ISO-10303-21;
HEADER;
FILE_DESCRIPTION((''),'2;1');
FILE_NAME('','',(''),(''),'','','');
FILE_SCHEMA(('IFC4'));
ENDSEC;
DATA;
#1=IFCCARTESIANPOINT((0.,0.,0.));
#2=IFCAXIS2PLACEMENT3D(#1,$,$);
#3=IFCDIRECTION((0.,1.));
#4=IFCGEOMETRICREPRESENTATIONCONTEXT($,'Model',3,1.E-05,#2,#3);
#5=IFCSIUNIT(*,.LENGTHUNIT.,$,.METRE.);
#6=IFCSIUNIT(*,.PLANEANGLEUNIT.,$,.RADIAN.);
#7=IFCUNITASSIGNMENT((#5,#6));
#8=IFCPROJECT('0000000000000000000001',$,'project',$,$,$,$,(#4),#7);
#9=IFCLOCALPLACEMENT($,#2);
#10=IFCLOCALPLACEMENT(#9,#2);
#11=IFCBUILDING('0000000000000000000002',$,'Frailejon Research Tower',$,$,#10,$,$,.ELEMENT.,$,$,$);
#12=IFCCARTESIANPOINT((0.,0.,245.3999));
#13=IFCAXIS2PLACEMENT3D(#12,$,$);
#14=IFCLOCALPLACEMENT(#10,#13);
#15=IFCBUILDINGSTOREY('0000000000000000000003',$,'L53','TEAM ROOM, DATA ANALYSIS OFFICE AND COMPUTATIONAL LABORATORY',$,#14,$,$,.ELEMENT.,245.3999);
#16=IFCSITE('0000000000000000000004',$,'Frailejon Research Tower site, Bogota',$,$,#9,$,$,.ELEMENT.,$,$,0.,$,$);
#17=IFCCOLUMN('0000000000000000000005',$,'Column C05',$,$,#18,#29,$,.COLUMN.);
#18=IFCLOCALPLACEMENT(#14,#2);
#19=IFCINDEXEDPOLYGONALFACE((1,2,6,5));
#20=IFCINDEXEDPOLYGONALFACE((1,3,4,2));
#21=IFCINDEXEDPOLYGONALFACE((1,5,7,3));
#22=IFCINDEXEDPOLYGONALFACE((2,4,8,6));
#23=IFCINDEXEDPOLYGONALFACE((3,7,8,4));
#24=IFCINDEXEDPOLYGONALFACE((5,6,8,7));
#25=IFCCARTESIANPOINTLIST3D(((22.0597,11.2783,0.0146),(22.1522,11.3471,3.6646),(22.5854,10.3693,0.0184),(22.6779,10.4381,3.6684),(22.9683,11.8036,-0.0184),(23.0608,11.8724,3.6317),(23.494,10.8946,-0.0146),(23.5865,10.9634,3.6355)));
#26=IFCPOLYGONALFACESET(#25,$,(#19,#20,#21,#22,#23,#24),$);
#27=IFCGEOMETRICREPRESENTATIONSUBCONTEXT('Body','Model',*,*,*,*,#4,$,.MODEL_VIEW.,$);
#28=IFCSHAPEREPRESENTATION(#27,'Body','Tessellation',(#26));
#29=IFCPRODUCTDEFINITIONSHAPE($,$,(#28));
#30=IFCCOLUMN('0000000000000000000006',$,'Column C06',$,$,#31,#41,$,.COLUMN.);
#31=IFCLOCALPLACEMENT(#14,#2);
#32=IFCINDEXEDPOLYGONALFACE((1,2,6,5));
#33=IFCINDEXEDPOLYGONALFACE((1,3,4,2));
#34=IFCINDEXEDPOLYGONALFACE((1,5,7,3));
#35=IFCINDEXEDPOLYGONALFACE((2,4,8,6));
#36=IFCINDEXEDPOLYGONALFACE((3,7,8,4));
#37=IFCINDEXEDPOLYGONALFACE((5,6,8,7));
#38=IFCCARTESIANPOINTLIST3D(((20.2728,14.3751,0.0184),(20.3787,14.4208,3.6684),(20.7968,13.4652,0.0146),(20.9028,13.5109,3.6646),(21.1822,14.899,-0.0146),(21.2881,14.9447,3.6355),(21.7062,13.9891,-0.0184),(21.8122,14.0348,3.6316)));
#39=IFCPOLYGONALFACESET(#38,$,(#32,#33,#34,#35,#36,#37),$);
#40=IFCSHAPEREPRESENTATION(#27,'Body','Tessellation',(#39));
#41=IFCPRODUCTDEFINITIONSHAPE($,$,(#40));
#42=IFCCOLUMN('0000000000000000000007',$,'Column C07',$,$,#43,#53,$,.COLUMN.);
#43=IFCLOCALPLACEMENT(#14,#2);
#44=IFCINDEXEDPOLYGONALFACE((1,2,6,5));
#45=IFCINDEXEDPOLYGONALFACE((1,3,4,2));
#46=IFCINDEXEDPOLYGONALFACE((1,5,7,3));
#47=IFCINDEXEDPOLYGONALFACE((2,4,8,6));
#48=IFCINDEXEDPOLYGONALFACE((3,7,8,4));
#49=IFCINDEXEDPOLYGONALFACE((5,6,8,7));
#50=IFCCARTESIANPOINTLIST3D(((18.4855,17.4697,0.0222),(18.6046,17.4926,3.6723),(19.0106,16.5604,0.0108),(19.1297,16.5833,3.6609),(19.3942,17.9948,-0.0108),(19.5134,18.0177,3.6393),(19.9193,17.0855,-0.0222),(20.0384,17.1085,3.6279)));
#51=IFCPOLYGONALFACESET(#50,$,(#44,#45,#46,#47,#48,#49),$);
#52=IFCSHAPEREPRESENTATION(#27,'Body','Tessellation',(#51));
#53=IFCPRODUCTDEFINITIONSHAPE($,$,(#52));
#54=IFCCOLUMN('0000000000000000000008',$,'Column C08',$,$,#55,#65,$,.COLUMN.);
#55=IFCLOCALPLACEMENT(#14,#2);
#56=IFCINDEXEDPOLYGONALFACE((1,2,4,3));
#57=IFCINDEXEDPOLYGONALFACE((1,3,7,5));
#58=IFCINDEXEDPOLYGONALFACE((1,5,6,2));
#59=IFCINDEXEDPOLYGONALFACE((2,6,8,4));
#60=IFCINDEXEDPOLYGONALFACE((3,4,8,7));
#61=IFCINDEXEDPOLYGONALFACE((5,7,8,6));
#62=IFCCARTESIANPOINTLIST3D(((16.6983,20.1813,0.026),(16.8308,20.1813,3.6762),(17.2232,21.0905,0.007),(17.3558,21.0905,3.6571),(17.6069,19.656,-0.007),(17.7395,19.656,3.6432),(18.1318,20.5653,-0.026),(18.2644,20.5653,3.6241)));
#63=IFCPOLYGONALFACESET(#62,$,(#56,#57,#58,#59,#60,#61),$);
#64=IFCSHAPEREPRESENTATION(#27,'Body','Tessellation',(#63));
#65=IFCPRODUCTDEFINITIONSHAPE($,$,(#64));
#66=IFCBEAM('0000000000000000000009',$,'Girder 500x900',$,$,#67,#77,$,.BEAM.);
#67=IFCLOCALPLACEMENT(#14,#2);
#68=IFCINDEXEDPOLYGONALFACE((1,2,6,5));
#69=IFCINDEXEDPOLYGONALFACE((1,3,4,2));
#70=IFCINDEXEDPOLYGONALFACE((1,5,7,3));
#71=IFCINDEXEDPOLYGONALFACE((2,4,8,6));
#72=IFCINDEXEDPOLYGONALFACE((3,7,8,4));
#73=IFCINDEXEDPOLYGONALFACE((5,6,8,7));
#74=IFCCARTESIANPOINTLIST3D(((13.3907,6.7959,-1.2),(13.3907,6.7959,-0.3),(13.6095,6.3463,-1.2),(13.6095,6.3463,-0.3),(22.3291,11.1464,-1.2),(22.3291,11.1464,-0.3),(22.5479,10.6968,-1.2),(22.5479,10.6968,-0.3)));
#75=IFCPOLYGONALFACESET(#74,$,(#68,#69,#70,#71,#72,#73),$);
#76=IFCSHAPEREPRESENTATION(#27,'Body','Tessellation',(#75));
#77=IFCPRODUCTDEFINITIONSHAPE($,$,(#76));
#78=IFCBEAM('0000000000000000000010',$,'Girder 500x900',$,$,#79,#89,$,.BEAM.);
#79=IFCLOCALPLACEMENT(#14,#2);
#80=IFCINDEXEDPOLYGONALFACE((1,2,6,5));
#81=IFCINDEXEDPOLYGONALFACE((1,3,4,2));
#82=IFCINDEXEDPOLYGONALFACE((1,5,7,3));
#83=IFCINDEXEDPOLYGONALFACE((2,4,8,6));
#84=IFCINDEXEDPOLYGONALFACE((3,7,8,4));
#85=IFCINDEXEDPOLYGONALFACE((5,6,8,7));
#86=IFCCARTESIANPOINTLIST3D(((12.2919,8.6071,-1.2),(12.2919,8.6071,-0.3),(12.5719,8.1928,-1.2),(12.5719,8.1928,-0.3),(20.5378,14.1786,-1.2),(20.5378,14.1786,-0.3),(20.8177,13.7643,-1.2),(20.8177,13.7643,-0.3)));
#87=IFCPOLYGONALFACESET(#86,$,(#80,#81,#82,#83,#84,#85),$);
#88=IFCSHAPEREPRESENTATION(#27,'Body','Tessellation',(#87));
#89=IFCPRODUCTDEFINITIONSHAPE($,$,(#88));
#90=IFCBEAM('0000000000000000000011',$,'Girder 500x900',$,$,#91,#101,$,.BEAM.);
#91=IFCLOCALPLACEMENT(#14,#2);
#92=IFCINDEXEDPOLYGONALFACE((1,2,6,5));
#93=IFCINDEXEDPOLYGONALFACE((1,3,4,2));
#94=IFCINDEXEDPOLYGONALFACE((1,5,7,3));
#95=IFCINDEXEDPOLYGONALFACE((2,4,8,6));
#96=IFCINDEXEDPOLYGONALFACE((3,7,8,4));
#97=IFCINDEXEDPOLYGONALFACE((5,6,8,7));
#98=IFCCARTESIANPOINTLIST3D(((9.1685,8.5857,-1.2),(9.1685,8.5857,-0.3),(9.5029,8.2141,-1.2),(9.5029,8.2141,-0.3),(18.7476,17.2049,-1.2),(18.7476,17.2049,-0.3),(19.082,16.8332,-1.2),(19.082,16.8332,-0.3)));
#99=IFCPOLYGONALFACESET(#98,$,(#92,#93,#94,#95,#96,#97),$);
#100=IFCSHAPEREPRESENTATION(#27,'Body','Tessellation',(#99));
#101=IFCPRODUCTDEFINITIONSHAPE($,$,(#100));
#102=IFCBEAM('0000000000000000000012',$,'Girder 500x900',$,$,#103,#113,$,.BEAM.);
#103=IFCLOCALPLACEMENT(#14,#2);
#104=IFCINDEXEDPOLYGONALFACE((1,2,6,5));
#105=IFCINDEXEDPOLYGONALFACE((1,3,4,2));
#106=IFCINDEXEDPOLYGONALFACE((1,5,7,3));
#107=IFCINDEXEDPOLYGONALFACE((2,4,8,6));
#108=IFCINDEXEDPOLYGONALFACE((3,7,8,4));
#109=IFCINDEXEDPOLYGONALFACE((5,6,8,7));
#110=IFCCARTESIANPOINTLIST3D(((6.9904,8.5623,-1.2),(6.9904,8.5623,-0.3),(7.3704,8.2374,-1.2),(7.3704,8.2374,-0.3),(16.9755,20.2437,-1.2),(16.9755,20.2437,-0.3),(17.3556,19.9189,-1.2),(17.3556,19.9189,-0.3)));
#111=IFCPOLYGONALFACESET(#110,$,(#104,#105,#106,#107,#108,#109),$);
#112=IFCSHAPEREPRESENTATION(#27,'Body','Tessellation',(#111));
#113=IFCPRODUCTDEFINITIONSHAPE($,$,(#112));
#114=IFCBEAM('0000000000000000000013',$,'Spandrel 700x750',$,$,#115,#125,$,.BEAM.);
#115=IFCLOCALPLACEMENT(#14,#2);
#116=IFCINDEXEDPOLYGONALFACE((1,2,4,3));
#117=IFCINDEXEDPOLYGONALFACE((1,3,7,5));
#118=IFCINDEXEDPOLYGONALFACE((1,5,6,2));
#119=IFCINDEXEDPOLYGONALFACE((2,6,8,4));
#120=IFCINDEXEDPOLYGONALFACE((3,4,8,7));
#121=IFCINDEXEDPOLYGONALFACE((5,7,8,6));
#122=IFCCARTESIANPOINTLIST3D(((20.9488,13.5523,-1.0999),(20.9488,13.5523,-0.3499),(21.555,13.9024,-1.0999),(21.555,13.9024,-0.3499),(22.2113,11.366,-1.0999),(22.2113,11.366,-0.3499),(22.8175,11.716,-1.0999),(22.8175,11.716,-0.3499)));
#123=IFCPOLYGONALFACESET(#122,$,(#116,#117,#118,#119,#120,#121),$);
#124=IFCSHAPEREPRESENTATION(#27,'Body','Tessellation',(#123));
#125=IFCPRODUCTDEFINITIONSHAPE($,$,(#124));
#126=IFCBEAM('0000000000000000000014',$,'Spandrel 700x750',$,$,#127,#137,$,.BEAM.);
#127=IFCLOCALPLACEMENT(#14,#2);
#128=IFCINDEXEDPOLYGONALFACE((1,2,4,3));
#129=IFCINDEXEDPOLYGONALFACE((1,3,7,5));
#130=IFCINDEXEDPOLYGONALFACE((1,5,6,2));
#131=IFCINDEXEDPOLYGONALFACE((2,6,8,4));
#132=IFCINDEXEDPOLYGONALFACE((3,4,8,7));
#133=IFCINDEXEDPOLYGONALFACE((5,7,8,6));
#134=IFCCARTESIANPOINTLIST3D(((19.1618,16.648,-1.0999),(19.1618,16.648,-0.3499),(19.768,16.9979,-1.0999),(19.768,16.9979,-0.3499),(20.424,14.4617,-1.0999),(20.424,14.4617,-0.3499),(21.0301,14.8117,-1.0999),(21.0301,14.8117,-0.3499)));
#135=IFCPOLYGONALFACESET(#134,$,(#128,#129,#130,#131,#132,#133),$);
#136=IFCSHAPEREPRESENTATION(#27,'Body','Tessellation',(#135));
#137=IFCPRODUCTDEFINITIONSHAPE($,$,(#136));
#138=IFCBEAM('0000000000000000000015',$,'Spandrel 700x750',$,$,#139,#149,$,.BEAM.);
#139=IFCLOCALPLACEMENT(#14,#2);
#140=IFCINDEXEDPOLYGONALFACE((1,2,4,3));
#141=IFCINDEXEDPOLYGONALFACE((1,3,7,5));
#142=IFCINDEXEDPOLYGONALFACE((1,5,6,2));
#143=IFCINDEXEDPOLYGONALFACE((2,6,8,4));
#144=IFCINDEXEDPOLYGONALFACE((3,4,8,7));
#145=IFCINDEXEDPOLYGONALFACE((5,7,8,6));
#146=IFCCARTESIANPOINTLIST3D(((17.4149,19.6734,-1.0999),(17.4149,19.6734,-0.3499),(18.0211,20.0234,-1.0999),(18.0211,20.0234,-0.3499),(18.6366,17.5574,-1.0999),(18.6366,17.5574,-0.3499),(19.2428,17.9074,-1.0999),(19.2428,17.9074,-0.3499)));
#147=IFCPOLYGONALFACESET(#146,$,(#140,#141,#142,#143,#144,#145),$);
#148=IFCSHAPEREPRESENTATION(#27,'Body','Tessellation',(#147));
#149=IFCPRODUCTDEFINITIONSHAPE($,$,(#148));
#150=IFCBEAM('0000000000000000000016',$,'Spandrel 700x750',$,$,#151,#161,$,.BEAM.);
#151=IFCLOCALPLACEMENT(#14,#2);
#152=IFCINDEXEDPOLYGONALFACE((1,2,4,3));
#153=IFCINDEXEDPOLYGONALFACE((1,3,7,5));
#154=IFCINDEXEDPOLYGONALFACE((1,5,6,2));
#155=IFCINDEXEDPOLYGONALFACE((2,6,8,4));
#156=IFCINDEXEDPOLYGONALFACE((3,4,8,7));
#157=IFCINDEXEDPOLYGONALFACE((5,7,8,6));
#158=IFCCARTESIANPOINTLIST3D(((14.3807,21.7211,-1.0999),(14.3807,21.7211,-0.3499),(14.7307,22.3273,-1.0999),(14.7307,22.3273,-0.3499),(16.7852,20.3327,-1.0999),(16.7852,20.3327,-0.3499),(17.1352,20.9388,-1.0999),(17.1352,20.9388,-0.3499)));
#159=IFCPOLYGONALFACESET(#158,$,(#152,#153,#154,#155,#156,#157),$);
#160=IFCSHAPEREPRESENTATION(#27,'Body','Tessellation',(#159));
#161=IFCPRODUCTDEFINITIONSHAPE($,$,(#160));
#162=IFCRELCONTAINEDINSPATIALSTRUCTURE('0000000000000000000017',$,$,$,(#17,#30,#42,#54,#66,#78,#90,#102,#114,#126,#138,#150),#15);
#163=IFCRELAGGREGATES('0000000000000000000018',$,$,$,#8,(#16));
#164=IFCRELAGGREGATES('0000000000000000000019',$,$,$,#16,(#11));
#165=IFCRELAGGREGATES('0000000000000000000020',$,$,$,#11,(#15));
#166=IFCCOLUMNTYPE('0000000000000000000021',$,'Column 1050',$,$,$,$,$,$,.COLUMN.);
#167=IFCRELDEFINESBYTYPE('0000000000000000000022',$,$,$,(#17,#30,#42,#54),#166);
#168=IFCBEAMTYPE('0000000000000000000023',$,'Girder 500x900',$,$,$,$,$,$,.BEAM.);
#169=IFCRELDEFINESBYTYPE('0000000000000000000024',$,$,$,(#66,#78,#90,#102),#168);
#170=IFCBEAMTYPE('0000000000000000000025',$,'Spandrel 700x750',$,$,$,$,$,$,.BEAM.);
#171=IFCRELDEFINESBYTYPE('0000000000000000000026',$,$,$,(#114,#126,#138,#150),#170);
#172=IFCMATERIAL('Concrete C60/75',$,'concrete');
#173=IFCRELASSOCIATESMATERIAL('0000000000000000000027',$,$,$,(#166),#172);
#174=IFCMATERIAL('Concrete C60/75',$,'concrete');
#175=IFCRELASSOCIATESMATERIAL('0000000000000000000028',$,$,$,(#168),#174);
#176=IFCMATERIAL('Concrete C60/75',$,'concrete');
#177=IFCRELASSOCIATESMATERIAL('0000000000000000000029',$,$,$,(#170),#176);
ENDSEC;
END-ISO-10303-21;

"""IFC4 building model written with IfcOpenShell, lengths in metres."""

from ifc_helpers import new_model, si_unit, direction, frame, origin, origin_2d, place, context, subcontext, project, spatial, rectangle, extrude, material, material_profile, profile_set, type_object, element, save


model = new_model("IFC4")

# Units and contexts
model_context = context("Model", 3, precision=1e-05, world=origin(), true_north=direction((0.0, 1.0)))
body_context = subcontext(model_context, "Body", "Model", "MODEL_VIEW")
ifc_project = project(units=[si_unit("LENGTHUNIT", "METRE"), si_unit("PLANEANGLEUNIT", "RADIAN")], contexts=[model_context])

# Site, building, storey
site_placement = place(None, origin())
site = spatial("IfcSite", under=ifc_project, at=site_placement, Name="Frailejon Research Tower site, Bogota", CompositionType="ELEMENT", RefElevation=0.0)
building_placement = place(site_placement, origin())
building = spatial("IfcBuilding", under=site, at=building_placement, Name="Frailejon Research Tower", CompositionType="ELEMENT")
storey_placement = place(building_placement, frame((0.0, 0.0, 245.3999)))
storey = spatial("IfcBuildingStorey", under=building, at=storey_placement, Name="L53", Description="TEAM ROOM, DATA ANALYSIS OFFICE AND COMPUTATIONAL LABORATORY", CompositionType="ELEMENT", Elevation=245.3999)

# Columns
ifc_material_1 = material(Name="Concrete C60/75", Category="concrete")
ifc_material_profile_1 = material_profile(ifc_material_1, rectangle(XDim=1.05, YDim=1.05, at=origin_2d()), Name="Column 1050")
ifc_profile_set_1 = profile_set([ifc_material_profile_1], Name="Concrete C60/75")
column_type = type_object("IfcColumnType", Name="Column 1050", PredefinedType="COLUMN", material=ifc_profile_set_1)
for number, where, z_axis, x_axis, name in (
    (1, (22.7769, 11.0864, 0.0), (0.025337, 0.018852, 0.999501), (-0.500628, 0.865655, -0.003637), "Column C05"),
    (2, (20.9895, 14.1821, 0.0), (0.029014, 0.012501, 0.999501), (-0.499066, 0.866556, 0.003648), "Column C06"),
):
    element("IfcColumn", number, at=place(storey_placement, frame(where, z_axis=z_axis, x_axis=x_axis)), inside=storey, type_object=column_type, Name=name, PredefinedType="COLUMN", context=body_context, shape_type="SweptSolid", body=[
        extrude(rectangle(XDim=1.05, YDim=1.05, at=origin_2d()), origin(), (0.0, 0.0, 1.0), 3.6519),
    ])
column_1_placement = place(storey_placement, frame((19.2024, 17.2776, 0.0), z_axis=(0.032622, 0.006284, 0.999448), x_axis=(-0.500036, 0.865936, 0.010877)))
element("IfcColumn", 3, at=column_1_placement, inside=storey, type_object=column_type, Name="Column C07", PredefinedType="COLUMN", context=body_context, shape_type="SweptSolid", body=[
    extrude(rectangle(XDim=1.05, YDim=1.05, at=origin_2d()), origin(), (0.0, 0.0, 1.0), 3.6521),
])
column_2_placement = place(storey_placement, frame((17.415, 20.3733, 0.0), z_axis=(0.036295, 0.0, 0.999341), x_axis=(-0.865313, 0.500246, 0.031427)))
element("IfcColumn", 4, at=column_2_placement, inside=storey, type_object=column_type, Name="Column C08", PredefinedType="COLUMN", context=body_context, shape_type="SweptSolid", body=[
    extrude(rectangle(XDim=1.05, YDim=1.05, at=origin_2d()), origin(), (0.0, 0.0, 1.0), 3.6526),
])

# Beams
ifc_material_2 = material(Name="Concrete C60/75", Category="concrete")
ifc_material_profile_2 = material_profile(ifc_material_2, rectangle(XDim=0.5, YDim=0.8999, at=origin_2d()), Name="Girder 500x900")
ifc_profile_set_2 = profile_set([ifc_material_profile_2], Name="Concrete C60/75")
beam_type_1 = type_object("IfcBeamType", Name="Girder 500x900", PredefinedType="BEAM", material=ifc_profile_set_2)
beam_1_placement = place(storey_placement, frame((22.4385, 10.9216, -0.75), z_axis=(-0.89915, -0.43764, 0.0), x_axis=(0.43764, -0.89915, 0.0)))
element("IfcBeam", 5, at=beam_1_placement, inside=storey, type_object=beam_type_1, Name="Girder 500x900", PredefinedType="BEAM", context=body_context, shape_type="SweptSolid", body=[
    extrude(rectangle(XDim=0.5, YDim=0.8999, at=origin_2d()), origin(), (0.0, 0.0, 1.0), 9.9409),
])
beam_2_placement = place(storey_placement, frame((20.6777, 13.9714, -0.75), z_axis=(-0.828588, -0.559858, 0.0), x_axis=(0.559858, -0.828588, 0.0)))
element("IfcBeam", 6, at=beam_2_placement, inside=storey, type_object=beam_type_1, Name="Girder 500x900", PredefinedType="BEAM", context=body_context, shape_type="SweptSolid", body=[
    extrude(rectangle(XDim=0.5, YDim=0.8999, at=origin_2d()), origin(), (0.0, 0.0, 1.0), 9.9517),
])
beam_3_placement = place(storey_placement, frame((18.9148, 17.019, -0.75), z_axis=(-0.743373, -0.668877, 0.0), x_axis=(0.668877, -0.743373, 0.0)))
element("IfcBeam", 7, at=beam_3_placement, inside=storey, type_object=beam_type_1, Name="Girder 500x900", PredefinedType="BEAM", context=body_context, shape_type="SweptSolid", body=[
    extrude(rectangle(XDim=0.5, YDim=0.8999, at=origin_2d()), origin(), (0.0, 0.0, 1.0), 12.886),
])
beam_4_placement = place(storey_placement, frame((17.1655, 20.0813, -0.75), z_axis=(-0.649758, -0.760141, 0.0), x_axis=(0.760141, -0.649758, 0.0)))
element("IfcBeam", 8, at=beam_4_placement, inside=storey, type_object=beam_type_1, Name="Girder 500x900", PredefinedType="BEAM", context=body_context, shape_type="SweptSolid", body=[
    extrude(rectangle(XDim=0.5, YDim=0.8999, at=origin_2d()), origin(), (0.0, 0.0, 1.0), 15.3674),
])
ifc_material_3 = material(Name="Concrete C60/75", Category="concrete")
ifc_material_profile_3 = material_profile(ifc_material_3, rectangle(XDim=0.7, YDim=0.75, at=origin_2d()), Name="Spandrel 700x750")
ifc_profile_set_3 = profile_set([ifc_material_profile_3], Name="Concrete C60/75")
beam_type_2 = type_object("IfcBeamType", Name="Spandrel 700x750", PredefinedType="BEAM", material=ifc_profile_set_3)
beam_5_placement = place(storey_placement, frame((22.5144, 11.541, -0.7249), z_axis=(-0.50006, 0.865991, 0.0), x_axis=(-0.865991, -0.50006, 0.0)))
element("IfcBeam", 9, at=beam_5_placement, inside=storey, type_object=beam_type_2, Name="Spandrel 700x750", PredefinedType="BEAM", context=body_context, shape_type="SweptSolid", body=[
    extrude(rectangle(XDim=0.7, YDim=0.75, at=origin_2d()), origin(), (0.0, 0.0, 1.0), 2.5247),
])
beam_6_placement = place(storey_placement, frame((20.7271, 14.6367, -0.7249), z_axis=(-0.499988, 0.866033, 0.0), x_axis=(-0.866033, -0.499988, 0.0)))
element("IfcBeam", 10, at=beam_6_placement, inside=storey, type_object=beam_type_2, Name="Spandrel 700x750", PredefinedType="BEAM", context=body_context, shape_type="SweptSolid", body=[
    extrude(rectangle(XDim=0.7, YDim=0.75, at=origin_2d()), origin(), (0.0, 0.0, 1.0), 2.5244),
])
beam_7_placement = place(storey_placement, frame((18.9397, 17.7324, -0.7249), z_axis=(-0.500008, 0.866021, 0.0), x_axis=(-0.866021, -0.500008, 0.0)))
element("IfcBeam", 11, at=beam_7_placement, inside=storey, type_object=beam_type_2, Name="Spandrel 700x750", PredefinedType="BEAM", context=body_context, shape_type="SweptSolid", body=[
    extrude(rectangle(XDim=0.7, YDim=0.75, at=origin_2d()), origin(), (0.0, 0.0, 1.0), 2.4434),
])
beam_8_placement = place(storey_placement, frame((16.9602, 20.6357, -0.7249), z_axis=(-0.866, 0.500045, 0.0), x_axis=(-0.500045, -0.866, 0.0)))
element("IfcBeam", 12, at=beam_8_placement, inside=storey, type_object=beam_type_2, Name="Spandrel 700x750", PredefinedType="BEAM", context=body_context, shape_type="SweptSolid", body=[
    extrude(rectangle(XDim=0.7, YDim=0.75, at=origin_2d()), origin(), (0.0, 0.0, 1.0), 2.7766),
])

save(model, "model.ifc")
